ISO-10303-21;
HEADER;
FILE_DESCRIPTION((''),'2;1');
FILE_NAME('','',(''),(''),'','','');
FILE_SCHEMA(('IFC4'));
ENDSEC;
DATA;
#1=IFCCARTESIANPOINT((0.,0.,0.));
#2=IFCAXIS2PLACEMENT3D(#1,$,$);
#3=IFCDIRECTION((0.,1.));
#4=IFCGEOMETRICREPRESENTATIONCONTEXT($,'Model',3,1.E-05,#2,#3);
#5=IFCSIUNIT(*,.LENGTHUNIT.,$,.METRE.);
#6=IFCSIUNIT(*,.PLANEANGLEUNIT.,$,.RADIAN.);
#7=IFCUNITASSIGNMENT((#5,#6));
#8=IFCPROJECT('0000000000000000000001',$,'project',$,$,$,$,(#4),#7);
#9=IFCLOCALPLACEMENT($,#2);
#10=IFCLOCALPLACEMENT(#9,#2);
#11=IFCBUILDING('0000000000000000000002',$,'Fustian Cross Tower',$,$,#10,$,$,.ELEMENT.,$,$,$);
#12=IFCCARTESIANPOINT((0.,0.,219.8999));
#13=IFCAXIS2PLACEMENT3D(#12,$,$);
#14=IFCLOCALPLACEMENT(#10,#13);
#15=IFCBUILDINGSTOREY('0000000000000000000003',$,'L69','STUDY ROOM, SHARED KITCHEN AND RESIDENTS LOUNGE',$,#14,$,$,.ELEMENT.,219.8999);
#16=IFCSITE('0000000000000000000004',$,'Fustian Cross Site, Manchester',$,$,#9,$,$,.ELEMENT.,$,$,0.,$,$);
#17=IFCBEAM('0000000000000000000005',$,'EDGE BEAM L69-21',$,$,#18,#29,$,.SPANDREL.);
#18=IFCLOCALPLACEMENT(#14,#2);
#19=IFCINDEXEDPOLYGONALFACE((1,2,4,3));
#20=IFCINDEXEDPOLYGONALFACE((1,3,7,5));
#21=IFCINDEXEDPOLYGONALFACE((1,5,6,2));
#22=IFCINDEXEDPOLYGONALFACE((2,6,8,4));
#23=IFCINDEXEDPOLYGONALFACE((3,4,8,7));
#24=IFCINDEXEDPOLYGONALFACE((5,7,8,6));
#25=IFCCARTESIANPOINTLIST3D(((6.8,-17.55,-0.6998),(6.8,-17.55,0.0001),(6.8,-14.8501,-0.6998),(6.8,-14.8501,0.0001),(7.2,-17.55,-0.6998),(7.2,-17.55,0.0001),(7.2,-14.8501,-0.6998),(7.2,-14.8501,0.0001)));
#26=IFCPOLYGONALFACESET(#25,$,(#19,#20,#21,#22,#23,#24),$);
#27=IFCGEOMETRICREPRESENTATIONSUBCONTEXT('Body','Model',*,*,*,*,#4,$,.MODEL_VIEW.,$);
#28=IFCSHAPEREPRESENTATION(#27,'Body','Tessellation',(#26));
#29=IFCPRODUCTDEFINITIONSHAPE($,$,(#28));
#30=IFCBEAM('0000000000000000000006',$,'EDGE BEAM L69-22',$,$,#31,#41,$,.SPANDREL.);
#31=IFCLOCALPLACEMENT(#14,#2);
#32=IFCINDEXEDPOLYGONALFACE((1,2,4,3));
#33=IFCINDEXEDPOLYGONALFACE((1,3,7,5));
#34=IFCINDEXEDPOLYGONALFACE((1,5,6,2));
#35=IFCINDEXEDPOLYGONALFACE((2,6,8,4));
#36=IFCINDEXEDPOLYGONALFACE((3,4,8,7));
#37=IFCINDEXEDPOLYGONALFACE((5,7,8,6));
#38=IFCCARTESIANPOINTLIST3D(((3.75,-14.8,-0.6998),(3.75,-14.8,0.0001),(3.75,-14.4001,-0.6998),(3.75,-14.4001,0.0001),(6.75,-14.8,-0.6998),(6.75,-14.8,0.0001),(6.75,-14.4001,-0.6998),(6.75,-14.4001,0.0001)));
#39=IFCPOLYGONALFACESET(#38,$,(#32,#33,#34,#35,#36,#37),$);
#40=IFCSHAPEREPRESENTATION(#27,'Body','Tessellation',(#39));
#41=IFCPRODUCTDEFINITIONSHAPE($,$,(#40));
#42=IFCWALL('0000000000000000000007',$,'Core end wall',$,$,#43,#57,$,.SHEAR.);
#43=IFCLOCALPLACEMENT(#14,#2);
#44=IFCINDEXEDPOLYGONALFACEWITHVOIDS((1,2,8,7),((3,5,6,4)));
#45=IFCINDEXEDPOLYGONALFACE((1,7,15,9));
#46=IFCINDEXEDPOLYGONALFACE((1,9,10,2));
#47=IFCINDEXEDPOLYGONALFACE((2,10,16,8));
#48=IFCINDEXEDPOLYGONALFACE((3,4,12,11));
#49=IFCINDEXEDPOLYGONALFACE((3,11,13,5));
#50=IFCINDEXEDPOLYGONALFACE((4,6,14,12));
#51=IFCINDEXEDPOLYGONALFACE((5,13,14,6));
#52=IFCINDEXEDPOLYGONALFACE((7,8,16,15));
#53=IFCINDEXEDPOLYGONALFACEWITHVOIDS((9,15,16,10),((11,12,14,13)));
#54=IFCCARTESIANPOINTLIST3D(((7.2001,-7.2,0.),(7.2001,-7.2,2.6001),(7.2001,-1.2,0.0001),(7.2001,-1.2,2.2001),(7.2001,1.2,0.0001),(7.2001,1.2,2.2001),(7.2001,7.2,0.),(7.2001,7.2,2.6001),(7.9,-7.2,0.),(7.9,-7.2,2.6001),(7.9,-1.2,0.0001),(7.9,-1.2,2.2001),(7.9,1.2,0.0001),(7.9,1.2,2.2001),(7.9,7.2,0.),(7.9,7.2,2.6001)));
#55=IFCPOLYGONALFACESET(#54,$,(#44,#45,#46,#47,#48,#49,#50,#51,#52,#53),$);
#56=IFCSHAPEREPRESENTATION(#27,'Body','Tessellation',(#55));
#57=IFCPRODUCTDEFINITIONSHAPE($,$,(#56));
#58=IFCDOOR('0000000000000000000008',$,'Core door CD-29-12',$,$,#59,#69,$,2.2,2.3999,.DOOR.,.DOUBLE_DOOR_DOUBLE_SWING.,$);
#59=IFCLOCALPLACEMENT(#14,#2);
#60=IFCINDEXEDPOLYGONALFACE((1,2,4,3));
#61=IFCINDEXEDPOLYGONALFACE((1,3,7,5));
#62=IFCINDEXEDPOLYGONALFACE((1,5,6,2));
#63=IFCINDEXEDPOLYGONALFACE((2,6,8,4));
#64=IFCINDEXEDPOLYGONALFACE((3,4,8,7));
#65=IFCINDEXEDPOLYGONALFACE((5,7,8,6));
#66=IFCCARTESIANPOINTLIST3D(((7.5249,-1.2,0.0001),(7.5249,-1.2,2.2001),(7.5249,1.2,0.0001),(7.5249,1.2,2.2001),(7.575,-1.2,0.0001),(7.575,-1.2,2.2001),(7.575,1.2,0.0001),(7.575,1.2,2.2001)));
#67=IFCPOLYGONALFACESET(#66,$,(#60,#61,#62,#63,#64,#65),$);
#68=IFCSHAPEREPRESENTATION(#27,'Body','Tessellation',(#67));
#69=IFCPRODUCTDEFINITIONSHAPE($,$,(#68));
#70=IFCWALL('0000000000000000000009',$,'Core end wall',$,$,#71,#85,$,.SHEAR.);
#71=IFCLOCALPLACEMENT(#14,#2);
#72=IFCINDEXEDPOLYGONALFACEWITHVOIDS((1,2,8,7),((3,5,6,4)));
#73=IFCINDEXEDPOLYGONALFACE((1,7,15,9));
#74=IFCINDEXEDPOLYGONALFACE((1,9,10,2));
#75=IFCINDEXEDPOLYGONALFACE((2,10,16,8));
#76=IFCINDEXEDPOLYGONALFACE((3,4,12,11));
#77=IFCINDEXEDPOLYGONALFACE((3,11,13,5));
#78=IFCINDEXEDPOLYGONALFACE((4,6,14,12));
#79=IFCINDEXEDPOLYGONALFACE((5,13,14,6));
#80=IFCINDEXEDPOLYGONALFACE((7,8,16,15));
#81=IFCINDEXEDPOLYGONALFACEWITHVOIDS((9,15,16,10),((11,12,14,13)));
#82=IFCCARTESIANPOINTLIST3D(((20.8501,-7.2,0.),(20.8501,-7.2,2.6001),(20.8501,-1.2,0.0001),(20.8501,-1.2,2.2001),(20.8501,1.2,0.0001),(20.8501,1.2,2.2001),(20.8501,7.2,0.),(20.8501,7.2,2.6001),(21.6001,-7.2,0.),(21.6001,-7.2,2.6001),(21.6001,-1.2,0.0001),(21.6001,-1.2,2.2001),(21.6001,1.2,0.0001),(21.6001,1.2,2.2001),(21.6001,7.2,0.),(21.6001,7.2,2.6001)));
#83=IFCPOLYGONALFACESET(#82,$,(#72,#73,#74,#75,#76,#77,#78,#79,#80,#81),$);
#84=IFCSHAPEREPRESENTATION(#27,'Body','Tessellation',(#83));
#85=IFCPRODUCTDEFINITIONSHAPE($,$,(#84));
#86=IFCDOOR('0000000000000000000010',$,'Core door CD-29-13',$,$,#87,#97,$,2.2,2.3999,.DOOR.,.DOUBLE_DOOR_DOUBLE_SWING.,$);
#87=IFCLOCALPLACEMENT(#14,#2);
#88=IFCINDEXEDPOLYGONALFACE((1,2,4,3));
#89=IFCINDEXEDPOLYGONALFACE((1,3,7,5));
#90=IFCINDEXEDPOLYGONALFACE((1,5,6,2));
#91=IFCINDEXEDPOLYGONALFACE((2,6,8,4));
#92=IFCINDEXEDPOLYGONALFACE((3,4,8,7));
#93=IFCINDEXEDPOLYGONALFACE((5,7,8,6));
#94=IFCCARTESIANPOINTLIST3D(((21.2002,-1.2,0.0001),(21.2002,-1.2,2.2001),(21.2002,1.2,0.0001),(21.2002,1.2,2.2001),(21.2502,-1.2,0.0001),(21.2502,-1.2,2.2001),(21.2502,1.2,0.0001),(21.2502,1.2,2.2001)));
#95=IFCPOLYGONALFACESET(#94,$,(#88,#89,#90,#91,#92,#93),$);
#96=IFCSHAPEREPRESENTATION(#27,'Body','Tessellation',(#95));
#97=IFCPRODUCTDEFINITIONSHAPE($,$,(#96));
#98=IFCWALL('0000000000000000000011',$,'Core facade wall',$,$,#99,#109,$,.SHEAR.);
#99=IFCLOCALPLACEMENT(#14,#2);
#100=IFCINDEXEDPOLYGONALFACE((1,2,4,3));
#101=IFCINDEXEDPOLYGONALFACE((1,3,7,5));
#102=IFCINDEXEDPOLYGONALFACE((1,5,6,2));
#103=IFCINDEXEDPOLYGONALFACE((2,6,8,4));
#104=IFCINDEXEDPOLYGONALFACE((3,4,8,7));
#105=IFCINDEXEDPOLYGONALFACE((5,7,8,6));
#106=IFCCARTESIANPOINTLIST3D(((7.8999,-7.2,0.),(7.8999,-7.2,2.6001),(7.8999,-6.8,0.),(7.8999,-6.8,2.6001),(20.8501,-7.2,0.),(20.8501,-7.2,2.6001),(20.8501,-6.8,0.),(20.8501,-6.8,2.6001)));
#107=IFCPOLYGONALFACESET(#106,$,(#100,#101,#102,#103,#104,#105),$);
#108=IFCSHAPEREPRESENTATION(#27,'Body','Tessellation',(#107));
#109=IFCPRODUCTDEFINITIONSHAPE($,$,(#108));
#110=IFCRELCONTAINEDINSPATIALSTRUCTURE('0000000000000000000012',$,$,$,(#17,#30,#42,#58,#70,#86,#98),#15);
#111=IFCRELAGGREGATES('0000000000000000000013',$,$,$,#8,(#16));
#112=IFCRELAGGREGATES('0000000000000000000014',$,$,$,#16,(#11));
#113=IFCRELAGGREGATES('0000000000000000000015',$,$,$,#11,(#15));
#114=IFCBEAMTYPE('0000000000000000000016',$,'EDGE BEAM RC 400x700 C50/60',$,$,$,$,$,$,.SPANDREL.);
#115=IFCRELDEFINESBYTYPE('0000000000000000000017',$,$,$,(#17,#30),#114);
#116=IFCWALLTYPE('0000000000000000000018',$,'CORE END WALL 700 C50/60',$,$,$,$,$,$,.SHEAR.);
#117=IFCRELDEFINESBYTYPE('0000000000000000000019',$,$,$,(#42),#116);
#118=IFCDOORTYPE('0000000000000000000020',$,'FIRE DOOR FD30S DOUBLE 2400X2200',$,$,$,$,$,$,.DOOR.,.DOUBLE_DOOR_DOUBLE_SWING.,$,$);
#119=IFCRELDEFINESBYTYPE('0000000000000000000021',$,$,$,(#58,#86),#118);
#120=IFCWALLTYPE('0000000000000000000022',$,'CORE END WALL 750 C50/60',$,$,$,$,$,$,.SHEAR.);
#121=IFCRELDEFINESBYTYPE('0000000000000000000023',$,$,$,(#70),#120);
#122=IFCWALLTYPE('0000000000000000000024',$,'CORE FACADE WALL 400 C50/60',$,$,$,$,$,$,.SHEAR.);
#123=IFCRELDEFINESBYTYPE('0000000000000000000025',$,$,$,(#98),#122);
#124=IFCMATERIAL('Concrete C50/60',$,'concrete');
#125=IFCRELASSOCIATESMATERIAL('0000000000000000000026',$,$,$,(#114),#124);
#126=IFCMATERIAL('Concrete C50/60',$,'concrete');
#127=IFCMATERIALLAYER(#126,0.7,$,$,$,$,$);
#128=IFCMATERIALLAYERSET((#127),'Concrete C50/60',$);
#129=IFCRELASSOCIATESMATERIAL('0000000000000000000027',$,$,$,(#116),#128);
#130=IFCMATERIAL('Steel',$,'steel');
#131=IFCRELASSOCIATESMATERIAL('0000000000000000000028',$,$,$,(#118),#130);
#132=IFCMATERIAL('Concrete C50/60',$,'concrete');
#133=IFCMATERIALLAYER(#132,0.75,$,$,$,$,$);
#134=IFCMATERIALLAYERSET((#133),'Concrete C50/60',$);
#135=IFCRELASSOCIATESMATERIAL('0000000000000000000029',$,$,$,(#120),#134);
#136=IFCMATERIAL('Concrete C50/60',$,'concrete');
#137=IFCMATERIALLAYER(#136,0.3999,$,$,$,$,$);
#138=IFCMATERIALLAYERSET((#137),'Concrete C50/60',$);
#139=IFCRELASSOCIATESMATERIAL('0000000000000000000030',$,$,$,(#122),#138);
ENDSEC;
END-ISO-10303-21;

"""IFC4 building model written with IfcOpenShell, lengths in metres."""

from ifc_helpers import new_model, si_unit, direction, frame, frame_2d, origin, origin_2d, place, context, subcontext, project, spatial, rectangle, extrude, material, layer, layer_set, material_profile, profile_set, type_object, element, fill, save


model = new_model("IFC4")

# Units and contexts
model_context = context("Model", 3, precision=1e-05, world=origin(), true_north=direction((0.0, 1.0)))
body_context = subcontext(model_context, "Body", "Model", "MODEL_VIEW")
ifc_project = project(units=[si_unit("LENGTHUNIT", "METRE"), si_unit("PLANEANGLEUNIT", "RADIAN")], contexts=[model_context])

# Site, building, storey
site_placement = place(None, origin())
site = spatial("IfcSite", under=ifc_project, at=site_placement, Name="Fustian Cross Site, Manchester", CompositionType="ELEMENT", RefElevation=0.0)
building_placement = place(site_placement, origin())
building = spatial("IfcBuilding", under=site, at=building_placement, Name="Fustian Cross Tower", CompositionType="ELEMENT")
storey_placement = place(building_placement, frame((0.0, 0.0, 219.8999)))
storey = spatial("IfcBuildingStorey", under=building, at=storey_placement, Name="L69", Description="STUDY ROOM, SHARED KITCHEN AND RESIDENTS LOUNGE", CompositionType="ELEMENT", Elevation=219.8999)

# Beams
ifc_material_1 = material(Name="Concrete C50/60", Category="concrete")
ifc_material_profile = material_profile(ifc_material_1, rectangle(XDim=0.3999, YDim=0.7, at=origin_2d()), Name="RC 400x700")
ifc_profile_set = profile_set([ifc_material_profile], Name="Concrete C50/60")
beam_type = type_object("IfcBeamType", Name="EDGE BEAM RC 400x700 C50/60", PredefinedType="SPANDREL", material=ifc_profile_set)
beam_1_placement = place(storey_placement, frame((7.0, -17.55, -0.3499), z_axis=(0.0, 1.0, 0.0), x_axis=(-1.0, 0.0, 0.0)))
element("IfcBeam", 1, at=beam_1_placement, inside=storey, type_object=beam_type, Name="EDGE BEAM L69-21", PredefinedType="SPANDREL", context=body_context, shape_type="SweptSolid", body=[
    extrude(rectangle(XDim=0.3999, YDim=0.7, at=origin_2d()), origin(), (0.0, 0.0, 1.0), 2.7),
])
beam_2_placement = place(storey_placement, frame((6.75, -14.6001, -0.3499), z_axis=(-1.0, 0.0, 0.0), x_axis=(0.0, -1.0, 0.0)))
element("IfcBeam", 2, at=beam_2_placement, inside=storey, type_object=beam_type, Name="EDGE BEAM L69-22", PredefinedType="SPANDREL", context=body_context, shape_type="SweptSolid", body=[
    extrude(rectangle(XDim=0.3999, YDim=0.7, at=origin_2d()), origin(), (0.0, 0.0, 1.0), 3.0),
])

# Walls, openings, doors
ifc_material_2 = material(Name="Concrete C50/60", Category="concrete")
ifc_layer_1 = layer(ifc_material_2, 0.7)
ifc_layer_set_1 = layer_set([ifc_layer_1], Name="Concrete C50/60")
wall_type_1 = type_object("IfcWallType", Name="CORE END WALL 700 C50/60", PredefinedType="SHEAR", material=ifc_layer_set_1)
wall_1_placement = place(storey_placement, frame((7.55, -7.2, 0.0), z_axis=(0.0, 0.0, 1.0), x_axis=(0.0, 1.0, 0.0)))
wall_1 = element("IfcWall", 3, at=wall_1_placement, inside=storey, type_object=wall_type_1, Name="Core end wall", PredefinedType="SHEAR", context=body_context, shape_type="SweptSolid", body=[
    extrude(rectangle(XDim=14.3999, YDim=0.7, at=frame_2d((7.2, 0.0))), origin(), (0.0, 0.0, 1.0), 2.6001),
])
opening_1_placement = place(wall_1_placement, frame((6.0, 0.0, 0.0)))
opening_1 = element("IfcOpeningElement", 4, at=opening_1_placement, cuts=wall_1, PredefinedType="OPENING", context=body_context, shape_type="SweptSolid", body=[
    extrude(rectangle(XDim=2.3999, YDim=2.2, at=frame_2d((1.2, 1.1001))), frame((0.0, 0.3599, 0.0), z_axis=(0.0, -1.0, 0.0), x_axis=(1.0, 0.0, 0.0)), (0.0, 0.0, 1.0), 0.72),
])
ifc_material_3 = material(Name="Steel", Category="steel")
door_type_1 = type_object("IfcDoorType", Name="FIRE DOOR FD30S DOUBLE 2400X2200", OperationType="DOUBLE_DOOR_DOUBLE_SWING", PredefinedType="DOOR", material=ifc_material_3)
door_1_placement = place(opening_1_placement, frame((2.3999, 0.0, 0.0), z_axis=(0.0, 0.0, 1.0), x_axis=(-1.0, 0.0, 0.0)))
door_1 = element("IfcDoor", 5, at=door_1_placement, inside=storey, type_object=door_type_1, Name="Core door CD-29-12", OperationType="DOUBLE_DOOR_DOUBLE_SWING", OverallHeight=2.2, OverallWidth=2.3999, PredefinedType="DOOR", context=body_context, shape_type="SweptSolid", body=[
    extrude(rectangle(XDim=2.3999, YDim=2.2, at=frame_2d((1.2, 1.1001))), frame((0.0, 0.0249, 0.0), z_axis=(0.0, -1.0, 0.0), x_axis=(1.0, 0.0, 0.0)), (0.0, 0.0, 1.0), 0.05),
])
fill(opening_1, door_1)
ifc_material_4 = material(Name="Concrete C50/60", Category="concrete")
ifc_layer_2 = layer(ifc_material_4, 0.75)
ifc_layer_set_2 = layer_set([ifc_layer_2], Name="Concrete C50/60")
wall_type_2 = type_object("IfcWallType", Name="CORE END WALL 750 C50/60", PredefinedType="SHEAR", material=ifc_layer_set_2)
wall_2_placement = place(storey_placement, frame((21.2251, -7.2, 0.0), z_axis=(0.0, 0.0, 1.0), x_axis=(0.0, 1.0, 0.0)))
wall_2 = element("IfcWall", 6, at=wall_2_placement, inside=storey, type_object=wall_type_2, Name="Core end wall", PredefinedType="SHEAR", context=body_context, shape_type="SweptSolid", body=[
    extrude(rectangle(XDim=14.3999, YDim=0.75, at=frame_2d((7.2, 0.0))), origin(), (0.0, 0.0, 1.0), 2.6001),
])
opening_2_placement = place(wall_2_placement, frame((6.0, 0.0, 0.0)))
opening_2 = element("IfcOpeningElement", 7, at=opening_2_placement, cuts=wall_2, PredefinedType="OPENING", context=body_context, shape_type="SweptSolid", body=[
    extrude(rectangle(XDim=2.3999, YDim=2.2, at=frame_2d((1.2, 1.1001))), frame((0.0, 0.385, 0.0), z_axis=(0.0, -1.0, 0.0), x_axis=(1.0, 0.0, 0.0)), (0.0, 0.0, 1.0), 0.77),
])
door_2_placement = place(opening_2_placement, origin())
door_2 = element("IfcDoor", 8, at=door_2_placement, inside=storey, type_object=door_type_1, Name="Core door CD-29-13", OperationType="DOUBLE_DOOR_DOUBLE_SWING", OverallHeight=2.2, OverallWidth=2.3999, PredefinedType="DOOR", context=body_context, shape_type="SweptSolid", body=[
    extrude(rectangle(XDim=2.3999, YDim=2.2, at=frame_2d((1.2, 1.1001))), frame((0.0, 0.0249, 0.0), z_axis=(0.0, -1.0, 0.0), x_axis=(1.0, 0.0, 0.0)), (0.0, 0.0, 1.0), 0.05),
])
fill(opening_2, door_2)

# Wall
ifc_material_5 = material(Name="Concrete C50/60", Category="concrete")
ifc_layer_3 = layer(ifc_material_5, 0.3999)
ifc_layer_set_3 = layer_set([ifc_layer_3], Name="Concrete C50/60")
wall_type_3 = type_object("IfcWallType", Name="CORE FACADE WALL 400 C50/60", PredefinedType="SHEAR", material=ifc_layer_set_3)
wall_3_placement = place(storey_placement, frame((7.8999, -7.0, 0.0), z_axis=(0.0, 0.0, 1.0), x_axis=(1.0, 0.0, 0.0)))
element("IfcWall", 9, at=wall_3_placement, inside=storey, type_object=wall_type_3, Name="Core facade wall", PredefinedType="SHEAR", context=body_context, shape_type="SweptSolid", body=[
    extrude(rectangle(XDim=12.9502, YDim=0.3999, at=frame_2d((6.4751, 0.0))), origin(), (0.0, 0.0, 1.0), 2.6001),
])

save(model, "model.ifc")
